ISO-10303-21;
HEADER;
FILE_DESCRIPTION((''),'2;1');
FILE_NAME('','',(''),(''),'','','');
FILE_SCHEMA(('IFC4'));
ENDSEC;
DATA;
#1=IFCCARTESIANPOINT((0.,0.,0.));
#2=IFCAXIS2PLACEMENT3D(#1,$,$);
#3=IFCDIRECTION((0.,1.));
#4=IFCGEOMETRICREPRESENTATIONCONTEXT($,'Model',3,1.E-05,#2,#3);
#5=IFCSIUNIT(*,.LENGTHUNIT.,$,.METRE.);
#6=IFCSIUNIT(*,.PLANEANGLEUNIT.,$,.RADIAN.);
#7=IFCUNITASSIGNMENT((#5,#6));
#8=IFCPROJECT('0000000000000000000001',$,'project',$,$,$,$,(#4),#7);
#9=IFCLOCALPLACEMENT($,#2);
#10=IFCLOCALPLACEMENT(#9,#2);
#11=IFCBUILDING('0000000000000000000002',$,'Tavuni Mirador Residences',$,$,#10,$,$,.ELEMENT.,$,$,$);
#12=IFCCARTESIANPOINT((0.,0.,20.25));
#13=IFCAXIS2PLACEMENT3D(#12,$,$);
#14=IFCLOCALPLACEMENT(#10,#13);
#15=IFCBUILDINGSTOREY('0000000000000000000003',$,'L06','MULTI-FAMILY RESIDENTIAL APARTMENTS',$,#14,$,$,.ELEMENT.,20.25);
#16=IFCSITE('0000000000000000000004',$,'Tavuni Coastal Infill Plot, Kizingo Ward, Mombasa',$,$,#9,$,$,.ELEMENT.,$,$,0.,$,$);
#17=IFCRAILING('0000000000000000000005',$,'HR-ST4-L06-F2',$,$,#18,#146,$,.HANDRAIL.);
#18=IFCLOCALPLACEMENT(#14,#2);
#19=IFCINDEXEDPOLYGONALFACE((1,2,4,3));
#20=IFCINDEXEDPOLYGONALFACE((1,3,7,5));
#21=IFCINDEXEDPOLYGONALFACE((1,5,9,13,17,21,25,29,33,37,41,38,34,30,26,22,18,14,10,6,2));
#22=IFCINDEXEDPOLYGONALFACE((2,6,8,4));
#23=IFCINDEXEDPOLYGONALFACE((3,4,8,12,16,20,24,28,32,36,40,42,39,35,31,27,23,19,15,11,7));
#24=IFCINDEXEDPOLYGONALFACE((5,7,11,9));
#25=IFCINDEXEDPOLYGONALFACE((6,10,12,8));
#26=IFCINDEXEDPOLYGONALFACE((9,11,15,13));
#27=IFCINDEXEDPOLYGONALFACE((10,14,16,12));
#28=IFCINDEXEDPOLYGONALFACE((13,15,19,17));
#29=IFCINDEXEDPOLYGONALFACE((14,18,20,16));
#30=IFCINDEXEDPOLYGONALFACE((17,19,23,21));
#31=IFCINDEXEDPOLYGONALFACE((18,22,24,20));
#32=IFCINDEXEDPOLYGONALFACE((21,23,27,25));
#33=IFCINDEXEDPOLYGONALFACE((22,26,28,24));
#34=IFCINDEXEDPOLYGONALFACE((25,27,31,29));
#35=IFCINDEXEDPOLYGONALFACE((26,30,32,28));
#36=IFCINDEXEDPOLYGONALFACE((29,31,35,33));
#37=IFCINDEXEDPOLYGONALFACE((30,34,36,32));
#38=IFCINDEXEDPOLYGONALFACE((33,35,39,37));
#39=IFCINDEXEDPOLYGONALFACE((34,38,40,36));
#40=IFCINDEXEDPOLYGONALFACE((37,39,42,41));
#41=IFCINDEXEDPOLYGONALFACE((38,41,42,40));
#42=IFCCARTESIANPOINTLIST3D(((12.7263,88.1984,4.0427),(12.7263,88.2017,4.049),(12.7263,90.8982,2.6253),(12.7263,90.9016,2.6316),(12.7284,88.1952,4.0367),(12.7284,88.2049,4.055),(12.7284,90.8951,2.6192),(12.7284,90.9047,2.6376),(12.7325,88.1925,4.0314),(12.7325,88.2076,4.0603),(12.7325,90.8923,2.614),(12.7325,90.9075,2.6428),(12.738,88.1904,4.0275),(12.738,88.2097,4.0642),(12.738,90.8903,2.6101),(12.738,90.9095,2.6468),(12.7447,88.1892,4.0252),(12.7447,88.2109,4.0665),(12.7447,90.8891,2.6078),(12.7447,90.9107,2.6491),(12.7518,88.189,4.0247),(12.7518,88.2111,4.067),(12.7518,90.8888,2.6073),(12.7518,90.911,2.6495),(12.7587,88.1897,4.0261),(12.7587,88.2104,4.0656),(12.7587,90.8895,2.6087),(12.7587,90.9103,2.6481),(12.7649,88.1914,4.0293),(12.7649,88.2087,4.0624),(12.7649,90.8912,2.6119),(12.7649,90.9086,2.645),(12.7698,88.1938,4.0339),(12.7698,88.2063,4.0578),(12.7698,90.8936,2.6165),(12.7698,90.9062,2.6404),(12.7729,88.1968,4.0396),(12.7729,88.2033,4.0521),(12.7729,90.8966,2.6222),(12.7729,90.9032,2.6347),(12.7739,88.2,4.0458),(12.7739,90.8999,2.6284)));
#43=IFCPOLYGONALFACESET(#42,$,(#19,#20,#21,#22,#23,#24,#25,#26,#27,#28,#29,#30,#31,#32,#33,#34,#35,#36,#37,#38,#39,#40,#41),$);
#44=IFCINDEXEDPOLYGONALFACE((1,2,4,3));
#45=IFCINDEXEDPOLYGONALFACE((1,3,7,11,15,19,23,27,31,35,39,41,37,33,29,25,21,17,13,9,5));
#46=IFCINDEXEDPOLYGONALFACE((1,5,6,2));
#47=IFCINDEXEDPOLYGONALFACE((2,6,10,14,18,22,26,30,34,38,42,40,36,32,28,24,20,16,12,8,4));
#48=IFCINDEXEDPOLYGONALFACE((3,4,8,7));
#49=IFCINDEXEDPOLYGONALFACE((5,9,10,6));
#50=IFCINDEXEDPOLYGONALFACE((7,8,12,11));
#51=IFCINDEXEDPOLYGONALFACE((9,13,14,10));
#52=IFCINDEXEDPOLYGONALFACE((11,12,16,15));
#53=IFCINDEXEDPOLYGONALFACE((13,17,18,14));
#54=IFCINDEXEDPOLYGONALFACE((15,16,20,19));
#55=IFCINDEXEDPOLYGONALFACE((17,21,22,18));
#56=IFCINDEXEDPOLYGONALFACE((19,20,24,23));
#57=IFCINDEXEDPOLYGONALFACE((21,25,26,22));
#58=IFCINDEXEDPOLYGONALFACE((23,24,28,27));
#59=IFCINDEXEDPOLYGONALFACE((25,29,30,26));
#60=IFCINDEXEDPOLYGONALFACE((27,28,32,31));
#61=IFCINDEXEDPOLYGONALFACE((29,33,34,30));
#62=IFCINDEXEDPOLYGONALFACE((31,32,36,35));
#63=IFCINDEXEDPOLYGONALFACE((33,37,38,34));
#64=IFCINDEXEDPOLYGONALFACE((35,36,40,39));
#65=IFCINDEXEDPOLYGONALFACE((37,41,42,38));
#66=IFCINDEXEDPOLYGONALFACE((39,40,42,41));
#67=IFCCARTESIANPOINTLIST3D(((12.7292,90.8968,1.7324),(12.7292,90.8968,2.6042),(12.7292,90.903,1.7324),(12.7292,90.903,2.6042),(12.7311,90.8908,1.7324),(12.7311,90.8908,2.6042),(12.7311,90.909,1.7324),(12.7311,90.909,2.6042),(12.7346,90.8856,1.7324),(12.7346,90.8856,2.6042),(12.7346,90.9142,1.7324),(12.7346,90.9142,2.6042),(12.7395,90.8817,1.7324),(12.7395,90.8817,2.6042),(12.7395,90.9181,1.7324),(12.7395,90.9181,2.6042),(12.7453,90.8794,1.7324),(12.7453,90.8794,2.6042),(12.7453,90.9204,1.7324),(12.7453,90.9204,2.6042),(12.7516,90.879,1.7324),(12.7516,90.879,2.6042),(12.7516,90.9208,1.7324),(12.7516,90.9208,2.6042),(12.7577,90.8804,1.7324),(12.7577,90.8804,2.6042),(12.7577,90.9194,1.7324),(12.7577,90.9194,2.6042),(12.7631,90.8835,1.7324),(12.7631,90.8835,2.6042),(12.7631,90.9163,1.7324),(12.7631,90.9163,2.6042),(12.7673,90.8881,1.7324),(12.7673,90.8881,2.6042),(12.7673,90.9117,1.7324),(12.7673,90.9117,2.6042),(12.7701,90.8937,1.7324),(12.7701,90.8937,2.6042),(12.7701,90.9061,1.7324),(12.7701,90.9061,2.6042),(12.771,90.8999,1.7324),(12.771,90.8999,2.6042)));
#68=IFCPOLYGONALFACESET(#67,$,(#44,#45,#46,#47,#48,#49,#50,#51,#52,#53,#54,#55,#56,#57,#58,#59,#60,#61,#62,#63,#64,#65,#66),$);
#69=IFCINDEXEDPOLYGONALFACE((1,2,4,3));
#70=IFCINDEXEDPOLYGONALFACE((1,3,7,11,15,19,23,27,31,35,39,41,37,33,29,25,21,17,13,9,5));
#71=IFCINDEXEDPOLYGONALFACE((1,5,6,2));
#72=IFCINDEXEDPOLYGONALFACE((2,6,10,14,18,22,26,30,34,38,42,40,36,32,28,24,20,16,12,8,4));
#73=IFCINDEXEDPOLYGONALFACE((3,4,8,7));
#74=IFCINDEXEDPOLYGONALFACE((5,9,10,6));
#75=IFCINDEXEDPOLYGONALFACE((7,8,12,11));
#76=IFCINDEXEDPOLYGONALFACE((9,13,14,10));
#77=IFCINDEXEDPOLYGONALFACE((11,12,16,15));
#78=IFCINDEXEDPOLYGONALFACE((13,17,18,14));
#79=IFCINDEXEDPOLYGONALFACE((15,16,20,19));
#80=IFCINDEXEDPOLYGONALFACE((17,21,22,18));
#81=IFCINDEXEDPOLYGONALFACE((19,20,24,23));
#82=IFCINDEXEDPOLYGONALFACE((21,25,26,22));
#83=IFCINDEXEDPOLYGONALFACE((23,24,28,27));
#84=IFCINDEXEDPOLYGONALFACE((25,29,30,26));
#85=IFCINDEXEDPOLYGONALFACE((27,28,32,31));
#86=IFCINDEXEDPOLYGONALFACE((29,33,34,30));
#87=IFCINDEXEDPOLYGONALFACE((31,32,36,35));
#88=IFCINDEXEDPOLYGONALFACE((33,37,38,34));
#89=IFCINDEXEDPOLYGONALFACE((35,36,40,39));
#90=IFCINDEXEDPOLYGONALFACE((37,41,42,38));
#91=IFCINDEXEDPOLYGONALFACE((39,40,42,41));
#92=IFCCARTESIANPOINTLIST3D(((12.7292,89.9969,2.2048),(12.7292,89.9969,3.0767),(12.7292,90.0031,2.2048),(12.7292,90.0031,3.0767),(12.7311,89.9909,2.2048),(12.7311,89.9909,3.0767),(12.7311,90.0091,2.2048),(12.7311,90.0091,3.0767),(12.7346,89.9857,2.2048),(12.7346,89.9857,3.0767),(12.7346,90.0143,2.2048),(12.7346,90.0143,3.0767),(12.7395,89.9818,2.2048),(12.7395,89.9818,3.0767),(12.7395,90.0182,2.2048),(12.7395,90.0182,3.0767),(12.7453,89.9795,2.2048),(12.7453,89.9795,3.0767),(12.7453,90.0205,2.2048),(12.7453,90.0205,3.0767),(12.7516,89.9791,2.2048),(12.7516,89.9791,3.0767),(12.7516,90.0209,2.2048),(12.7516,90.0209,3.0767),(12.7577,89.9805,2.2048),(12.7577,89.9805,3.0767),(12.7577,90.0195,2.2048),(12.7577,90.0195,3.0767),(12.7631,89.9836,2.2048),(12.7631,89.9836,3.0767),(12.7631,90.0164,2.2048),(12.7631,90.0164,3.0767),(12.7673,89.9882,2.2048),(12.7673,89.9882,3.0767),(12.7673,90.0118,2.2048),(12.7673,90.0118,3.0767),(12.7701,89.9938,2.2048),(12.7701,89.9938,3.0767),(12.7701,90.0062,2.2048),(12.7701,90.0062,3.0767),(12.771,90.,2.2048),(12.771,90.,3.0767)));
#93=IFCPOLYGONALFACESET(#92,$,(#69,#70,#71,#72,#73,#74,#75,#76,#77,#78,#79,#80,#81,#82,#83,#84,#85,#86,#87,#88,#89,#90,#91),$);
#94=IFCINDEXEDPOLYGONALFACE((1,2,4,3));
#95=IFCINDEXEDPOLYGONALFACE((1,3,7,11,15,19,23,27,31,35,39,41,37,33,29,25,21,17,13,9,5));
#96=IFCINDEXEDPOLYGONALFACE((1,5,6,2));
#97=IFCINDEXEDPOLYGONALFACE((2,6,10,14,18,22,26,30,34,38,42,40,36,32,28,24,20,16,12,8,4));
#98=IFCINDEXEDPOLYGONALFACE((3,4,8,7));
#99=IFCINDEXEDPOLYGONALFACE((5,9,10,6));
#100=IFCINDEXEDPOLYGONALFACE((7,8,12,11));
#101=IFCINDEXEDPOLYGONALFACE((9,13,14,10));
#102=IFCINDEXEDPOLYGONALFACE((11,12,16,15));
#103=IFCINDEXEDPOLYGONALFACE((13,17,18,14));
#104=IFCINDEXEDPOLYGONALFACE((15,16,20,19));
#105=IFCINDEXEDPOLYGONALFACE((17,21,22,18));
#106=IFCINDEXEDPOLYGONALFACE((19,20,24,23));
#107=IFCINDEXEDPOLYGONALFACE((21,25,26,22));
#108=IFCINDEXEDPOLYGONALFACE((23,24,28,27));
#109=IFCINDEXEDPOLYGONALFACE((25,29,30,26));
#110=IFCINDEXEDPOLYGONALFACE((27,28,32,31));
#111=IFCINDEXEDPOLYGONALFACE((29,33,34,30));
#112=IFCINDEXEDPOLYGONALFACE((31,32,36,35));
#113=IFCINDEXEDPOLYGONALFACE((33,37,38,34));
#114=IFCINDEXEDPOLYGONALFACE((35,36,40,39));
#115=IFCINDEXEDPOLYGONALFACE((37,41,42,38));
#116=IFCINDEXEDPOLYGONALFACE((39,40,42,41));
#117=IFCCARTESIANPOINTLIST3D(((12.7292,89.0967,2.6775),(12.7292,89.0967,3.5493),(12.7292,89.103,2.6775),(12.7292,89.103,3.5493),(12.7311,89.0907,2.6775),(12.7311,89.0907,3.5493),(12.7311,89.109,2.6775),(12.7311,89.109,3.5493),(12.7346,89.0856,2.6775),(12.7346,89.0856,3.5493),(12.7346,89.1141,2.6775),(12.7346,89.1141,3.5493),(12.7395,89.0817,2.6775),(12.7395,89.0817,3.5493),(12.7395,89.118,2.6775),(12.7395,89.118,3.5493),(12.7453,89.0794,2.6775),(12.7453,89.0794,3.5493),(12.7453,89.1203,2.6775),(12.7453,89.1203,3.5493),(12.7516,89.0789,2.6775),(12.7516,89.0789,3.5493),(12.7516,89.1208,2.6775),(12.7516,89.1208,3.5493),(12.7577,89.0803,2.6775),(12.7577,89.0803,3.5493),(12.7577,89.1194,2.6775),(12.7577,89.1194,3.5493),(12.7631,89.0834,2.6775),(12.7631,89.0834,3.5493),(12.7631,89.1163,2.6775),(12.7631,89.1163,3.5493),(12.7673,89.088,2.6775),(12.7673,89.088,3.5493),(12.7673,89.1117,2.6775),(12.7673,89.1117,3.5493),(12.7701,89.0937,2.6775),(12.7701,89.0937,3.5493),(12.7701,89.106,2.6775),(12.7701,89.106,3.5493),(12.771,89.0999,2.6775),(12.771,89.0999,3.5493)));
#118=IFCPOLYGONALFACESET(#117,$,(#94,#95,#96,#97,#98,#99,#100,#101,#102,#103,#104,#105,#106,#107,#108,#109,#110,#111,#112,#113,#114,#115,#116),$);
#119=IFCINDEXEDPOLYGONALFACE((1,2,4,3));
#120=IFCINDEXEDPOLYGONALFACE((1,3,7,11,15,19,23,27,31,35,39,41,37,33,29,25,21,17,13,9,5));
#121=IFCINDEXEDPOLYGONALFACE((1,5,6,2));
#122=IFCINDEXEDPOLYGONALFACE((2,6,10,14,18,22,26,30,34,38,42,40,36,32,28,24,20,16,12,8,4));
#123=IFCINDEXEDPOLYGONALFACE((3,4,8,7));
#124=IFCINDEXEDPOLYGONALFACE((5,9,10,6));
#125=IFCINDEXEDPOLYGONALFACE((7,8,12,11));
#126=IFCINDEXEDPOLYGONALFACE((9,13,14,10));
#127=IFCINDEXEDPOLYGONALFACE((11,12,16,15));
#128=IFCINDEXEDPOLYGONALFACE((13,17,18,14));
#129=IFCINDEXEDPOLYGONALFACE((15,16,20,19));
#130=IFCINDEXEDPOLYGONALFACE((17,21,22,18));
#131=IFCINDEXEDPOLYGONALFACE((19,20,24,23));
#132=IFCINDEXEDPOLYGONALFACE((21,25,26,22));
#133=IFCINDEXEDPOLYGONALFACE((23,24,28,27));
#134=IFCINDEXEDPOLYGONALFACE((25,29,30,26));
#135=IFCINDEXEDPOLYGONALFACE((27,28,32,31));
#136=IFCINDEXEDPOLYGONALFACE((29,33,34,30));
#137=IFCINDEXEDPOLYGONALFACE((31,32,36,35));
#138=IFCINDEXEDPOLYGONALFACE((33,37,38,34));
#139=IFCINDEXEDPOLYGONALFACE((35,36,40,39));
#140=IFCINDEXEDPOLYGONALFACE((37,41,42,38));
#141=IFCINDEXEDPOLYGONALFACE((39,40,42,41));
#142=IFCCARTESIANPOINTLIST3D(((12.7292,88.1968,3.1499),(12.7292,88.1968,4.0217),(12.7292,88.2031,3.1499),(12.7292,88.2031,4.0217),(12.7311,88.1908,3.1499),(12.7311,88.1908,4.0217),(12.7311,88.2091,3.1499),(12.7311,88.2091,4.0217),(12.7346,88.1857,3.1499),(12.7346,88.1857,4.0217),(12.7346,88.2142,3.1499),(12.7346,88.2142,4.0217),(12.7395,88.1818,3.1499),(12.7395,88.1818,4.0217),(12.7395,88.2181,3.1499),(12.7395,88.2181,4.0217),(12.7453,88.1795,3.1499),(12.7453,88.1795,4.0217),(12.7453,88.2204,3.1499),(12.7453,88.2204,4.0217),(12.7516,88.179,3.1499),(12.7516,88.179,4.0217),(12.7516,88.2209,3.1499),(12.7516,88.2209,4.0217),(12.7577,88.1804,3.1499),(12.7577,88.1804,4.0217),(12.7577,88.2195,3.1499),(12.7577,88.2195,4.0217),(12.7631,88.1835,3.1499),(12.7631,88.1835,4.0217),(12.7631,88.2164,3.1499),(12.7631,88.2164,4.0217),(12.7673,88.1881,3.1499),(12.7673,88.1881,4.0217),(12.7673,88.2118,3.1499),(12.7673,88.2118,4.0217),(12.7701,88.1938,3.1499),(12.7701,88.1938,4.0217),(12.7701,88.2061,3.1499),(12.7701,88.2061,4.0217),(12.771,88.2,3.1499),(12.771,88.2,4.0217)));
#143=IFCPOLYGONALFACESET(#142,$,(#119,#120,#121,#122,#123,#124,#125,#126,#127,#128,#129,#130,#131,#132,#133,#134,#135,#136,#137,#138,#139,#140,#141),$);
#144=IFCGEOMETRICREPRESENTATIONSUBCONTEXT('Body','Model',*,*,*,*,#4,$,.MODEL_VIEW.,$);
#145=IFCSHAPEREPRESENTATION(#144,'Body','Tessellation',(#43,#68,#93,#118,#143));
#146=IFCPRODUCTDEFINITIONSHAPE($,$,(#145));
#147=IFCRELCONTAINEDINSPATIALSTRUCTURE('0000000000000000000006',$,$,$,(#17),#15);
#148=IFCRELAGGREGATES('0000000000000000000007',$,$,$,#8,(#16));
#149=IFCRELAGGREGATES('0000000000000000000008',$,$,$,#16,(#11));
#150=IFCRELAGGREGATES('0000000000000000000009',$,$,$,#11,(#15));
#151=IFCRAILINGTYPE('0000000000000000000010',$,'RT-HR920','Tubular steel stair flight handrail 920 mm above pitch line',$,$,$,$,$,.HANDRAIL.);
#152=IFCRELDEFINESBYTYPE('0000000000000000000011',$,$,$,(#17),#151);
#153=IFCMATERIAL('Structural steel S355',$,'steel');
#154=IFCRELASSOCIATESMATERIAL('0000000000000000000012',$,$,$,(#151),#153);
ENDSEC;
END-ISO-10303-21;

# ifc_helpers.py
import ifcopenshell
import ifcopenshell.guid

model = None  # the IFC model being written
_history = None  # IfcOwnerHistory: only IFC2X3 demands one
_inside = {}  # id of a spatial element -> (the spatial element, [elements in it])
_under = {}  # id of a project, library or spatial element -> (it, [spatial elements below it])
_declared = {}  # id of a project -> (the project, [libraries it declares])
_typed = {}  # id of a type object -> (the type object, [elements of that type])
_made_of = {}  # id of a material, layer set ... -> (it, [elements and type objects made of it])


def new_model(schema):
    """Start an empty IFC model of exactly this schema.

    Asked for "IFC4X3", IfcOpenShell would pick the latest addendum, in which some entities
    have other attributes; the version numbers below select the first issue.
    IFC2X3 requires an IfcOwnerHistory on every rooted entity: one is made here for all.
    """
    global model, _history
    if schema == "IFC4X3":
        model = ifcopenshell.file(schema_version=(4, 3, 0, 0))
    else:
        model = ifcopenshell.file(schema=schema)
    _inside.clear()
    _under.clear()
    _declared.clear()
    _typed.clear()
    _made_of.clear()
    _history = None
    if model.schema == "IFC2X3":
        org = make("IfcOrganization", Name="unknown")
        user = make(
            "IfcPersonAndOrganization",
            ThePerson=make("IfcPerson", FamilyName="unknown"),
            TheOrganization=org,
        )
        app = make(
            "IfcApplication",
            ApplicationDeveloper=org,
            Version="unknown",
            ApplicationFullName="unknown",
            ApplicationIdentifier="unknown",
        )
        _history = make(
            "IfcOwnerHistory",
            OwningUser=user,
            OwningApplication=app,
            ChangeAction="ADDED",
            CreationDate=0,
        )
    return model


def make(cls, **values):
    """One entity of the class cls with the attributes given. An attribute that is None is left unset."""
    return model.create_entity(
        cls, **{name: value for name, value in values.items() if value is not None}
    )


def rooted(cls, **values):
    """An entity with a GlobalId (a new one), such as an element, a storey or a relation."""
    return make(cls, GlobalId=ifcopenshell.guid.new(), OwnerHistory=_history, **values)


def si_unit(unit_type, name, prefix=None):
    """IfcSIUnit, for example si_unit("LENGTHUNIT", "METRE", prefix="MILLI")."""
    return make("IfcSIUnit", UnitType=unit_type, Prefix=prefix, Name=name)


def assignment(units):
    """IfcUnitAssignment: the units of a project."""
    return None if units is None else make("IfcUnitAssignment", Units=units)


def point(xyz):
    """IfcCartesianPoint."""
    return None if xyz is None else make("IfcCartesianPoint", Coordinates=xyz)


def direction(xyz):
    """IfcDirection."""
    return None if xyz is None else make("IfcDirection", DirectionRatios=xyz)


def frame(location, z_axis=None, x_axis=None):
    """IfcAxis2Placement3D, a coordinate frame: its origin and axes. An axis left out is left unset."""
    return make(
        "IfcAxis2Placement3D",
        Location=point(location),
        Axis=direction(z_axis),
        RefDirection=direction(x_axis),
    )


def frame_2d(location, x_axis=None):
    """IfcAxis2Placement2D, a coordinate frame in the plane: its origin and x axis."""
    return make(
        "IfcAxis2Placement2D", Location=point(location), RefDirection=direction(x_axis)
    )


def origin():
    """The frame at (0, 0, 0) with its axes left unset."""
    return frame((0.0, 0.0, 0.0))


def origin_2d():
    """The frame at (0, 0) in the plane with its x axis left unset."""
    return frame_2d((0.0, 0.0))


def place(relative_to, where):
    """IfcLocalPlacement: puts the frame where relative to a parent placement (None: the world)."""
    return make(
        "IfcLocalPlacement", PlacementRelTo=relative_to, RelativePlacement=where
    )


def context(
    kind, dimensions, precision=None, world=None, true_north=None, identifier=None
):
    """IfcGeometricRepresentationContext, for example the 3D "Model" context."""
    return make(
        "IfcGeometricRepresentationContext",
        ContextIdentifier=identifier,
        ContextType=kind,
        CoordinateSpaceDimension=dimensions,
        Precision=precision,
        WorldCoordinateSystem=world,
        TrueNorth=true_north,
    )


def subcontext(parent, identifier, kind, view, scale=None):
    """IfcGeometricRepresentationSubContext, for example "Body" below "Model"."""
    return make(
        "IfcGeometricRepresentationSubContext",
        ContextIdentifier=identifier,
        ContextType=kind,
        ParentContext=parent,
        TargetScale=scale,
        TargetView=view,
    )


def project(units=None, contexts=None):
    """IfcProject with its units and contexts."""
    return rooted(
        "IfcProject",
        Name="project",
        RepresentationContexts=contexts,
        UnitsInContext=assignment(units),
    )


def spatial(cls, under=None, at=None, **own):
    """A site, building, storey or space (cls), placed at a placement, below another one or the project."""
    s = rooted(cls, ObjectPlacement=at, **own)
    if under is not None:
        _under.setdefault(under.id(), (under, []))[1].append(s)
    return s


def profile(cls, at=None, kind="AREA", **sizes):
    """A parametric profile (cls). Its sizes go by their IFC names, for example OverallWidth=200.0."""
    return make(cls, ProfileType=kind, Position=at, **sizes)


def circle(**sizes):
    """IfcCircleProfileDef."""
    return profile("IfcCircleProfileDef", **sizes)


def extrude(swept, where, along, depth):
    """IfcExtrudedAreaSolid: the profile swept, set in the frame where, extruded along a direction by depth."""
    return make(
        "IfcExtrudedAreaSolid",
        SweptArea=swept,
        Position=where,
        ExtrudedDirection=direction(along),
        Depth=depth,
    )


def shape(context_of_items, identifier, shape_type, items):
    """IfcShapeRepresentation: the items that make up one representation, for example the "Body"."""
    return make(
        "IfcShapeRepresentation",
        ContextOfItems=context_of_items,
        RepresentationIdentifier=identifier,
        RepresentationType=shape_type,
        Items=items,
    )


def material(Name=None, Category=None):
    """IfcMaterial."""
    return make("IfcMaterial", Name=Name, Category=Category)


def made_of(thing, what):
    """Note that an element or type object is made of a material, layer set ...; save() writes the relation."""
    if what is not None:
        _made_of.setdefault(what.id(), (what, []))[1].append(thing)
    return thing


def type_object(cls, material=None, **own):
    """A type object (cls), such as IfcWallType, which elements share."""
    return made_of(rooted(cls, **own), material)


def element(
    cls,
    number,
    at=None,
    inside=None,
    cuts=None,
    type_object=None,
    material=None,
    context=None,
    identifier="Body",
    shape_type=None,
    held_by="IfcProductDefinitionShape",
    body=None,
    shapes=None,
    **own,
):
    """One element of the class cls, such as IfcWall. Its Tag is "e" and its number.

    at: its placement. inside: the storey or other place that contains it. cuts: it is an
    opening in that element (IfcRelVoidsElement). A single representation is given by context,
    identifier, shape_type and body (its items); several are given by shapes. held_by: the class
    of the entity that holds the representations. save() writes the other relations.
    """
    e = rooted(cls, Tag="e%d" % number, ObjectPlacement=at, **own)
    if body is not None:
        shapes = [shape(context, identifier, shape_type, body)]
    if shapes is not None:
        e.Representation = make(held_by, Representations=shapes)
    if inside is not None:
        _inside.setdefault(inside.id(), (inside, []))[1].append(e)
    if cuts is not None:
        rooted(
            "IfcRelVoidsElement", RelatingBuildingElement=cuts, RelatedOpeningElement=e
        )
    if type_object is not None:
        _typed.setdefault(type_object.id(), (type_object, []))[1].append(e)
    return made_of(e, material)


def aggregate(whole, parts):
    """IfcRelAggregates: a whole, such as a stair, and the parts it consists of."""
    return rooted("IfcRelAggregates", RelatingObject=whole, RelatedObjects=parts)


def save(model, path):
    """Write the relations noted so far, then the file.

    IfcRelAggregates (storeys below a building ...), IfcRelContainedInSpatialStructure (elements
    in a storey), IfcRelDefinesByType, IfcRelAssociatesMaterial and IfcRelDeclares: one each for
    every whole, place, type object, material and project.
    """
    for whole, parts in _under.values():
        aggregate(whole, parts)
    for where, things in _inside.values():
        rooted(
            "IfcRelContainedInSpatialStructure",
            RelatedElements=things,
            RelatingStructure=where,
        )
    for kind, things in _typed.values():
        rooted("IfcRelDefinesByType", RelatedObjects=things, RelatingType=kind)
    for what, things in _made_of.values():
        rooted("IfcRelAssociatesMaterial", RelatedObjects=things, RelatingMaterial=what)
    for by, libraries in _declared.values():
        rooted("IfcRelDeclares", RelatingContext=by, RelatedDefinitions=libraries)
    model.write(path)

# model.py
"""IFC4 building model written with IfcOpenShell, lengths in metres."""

from ifc_helpers import new_model, si_unit, direction, frame, origin, origin_2d, place, context, subcontext, project, spatial, circle, extrude, material, type_object, element, save


model = new_model("IFC4")

# Units and contexts
model_context = context("Model", 3, precision=1e-05, world=origin(), true_north=direction((0.0, 1.0)))
body_context = subcontext(model_context, "Body", "Model", "MODEL_VIEW")
ifc_project = project(units=[si_unit("LENGTHUNIT", "METRE"), si_unit("PLANEANGLEUNIT", "RADIAN")], contexts=[model_context])

# Site, building, storey
site_placement = place(None, origin())
site = spatial("IfcSite", under=ifc_project, at=site_placement, Name="Tavuni Coastal Infill Plot, Kizingo Ward, Mombasa", CompositionType="ELEMENT", RefElevation=0.0)
building_placement = place(site_placement, origin())
building = spatial("IfcBuilding", under=site, at=building_placement, Name="Tavuni Mirador Residences", CompositionType="ELEMENT")
storey_placement = place(building_placement, frame((0.0, 0.0, 20.25)))
storey = spatial("IfcBuildingStorey", under=building, at=storey_placement, Name="L06", Description="MULTI-FAMILY RESIDENTIAL APARTMENTS", CompositionType="ELEMENT", Elevation=20.25)

# Shared definitions
ifc_material_1 = material(Name="Structural steel S355", Category="steel")

# Railing
railing_type_1 = type_object("IfcRailingType", Name="RT-HR920", Description="Tubular steel stair flight handrail 920 mm above pitch line", PredefinedType="HANDRAIL", material=ifc_material_1)
railing_1_placement = place(storey_placement, frame((12.75, 90.8999, 1.7324)))
element("IfcRailing", 1, at=railing_1_placement, inside=storey, type_object=railing_type_1, Name="HR-ST4-L06-F2", PredefinedType="HANDRAIL", context=body_context, shape_type="SweptSolid", body=[
    extrude(circle(Radius=0.0239, at=origin_2d()), frame((0.0, 0.0, 0.896), z_axis=(0.0, -0.885397, 0.464835), x_axis=(1.0, 0.0, 0.0)), (0.0, 0.0, 1.0), 3.0493),
    extrude(circle(Radius=0.021, at=origin_2d()), origin(), (0.0, 0.0, 1.0), 0.8718),
    extrude(circle(Radius=0.021, at=origin_2d()), frame((0.0, -0.8999, 0.4724)), (0.0, 0.0, 1.0), 0.8718),
    extrude(circle(Radius=0.021, at=origin_2d()), frame((0.0, -1.8, 0.9451)), (0.0, 0.0, 1.0), 0.8718),
    extrude(circle(Radius=0.021, at=origin_2d()), frame((0.0, -2.7, 1.4175)), (0.0, 0.0, 1.0), 0.8718),
])

save(model, "model.ifc")
